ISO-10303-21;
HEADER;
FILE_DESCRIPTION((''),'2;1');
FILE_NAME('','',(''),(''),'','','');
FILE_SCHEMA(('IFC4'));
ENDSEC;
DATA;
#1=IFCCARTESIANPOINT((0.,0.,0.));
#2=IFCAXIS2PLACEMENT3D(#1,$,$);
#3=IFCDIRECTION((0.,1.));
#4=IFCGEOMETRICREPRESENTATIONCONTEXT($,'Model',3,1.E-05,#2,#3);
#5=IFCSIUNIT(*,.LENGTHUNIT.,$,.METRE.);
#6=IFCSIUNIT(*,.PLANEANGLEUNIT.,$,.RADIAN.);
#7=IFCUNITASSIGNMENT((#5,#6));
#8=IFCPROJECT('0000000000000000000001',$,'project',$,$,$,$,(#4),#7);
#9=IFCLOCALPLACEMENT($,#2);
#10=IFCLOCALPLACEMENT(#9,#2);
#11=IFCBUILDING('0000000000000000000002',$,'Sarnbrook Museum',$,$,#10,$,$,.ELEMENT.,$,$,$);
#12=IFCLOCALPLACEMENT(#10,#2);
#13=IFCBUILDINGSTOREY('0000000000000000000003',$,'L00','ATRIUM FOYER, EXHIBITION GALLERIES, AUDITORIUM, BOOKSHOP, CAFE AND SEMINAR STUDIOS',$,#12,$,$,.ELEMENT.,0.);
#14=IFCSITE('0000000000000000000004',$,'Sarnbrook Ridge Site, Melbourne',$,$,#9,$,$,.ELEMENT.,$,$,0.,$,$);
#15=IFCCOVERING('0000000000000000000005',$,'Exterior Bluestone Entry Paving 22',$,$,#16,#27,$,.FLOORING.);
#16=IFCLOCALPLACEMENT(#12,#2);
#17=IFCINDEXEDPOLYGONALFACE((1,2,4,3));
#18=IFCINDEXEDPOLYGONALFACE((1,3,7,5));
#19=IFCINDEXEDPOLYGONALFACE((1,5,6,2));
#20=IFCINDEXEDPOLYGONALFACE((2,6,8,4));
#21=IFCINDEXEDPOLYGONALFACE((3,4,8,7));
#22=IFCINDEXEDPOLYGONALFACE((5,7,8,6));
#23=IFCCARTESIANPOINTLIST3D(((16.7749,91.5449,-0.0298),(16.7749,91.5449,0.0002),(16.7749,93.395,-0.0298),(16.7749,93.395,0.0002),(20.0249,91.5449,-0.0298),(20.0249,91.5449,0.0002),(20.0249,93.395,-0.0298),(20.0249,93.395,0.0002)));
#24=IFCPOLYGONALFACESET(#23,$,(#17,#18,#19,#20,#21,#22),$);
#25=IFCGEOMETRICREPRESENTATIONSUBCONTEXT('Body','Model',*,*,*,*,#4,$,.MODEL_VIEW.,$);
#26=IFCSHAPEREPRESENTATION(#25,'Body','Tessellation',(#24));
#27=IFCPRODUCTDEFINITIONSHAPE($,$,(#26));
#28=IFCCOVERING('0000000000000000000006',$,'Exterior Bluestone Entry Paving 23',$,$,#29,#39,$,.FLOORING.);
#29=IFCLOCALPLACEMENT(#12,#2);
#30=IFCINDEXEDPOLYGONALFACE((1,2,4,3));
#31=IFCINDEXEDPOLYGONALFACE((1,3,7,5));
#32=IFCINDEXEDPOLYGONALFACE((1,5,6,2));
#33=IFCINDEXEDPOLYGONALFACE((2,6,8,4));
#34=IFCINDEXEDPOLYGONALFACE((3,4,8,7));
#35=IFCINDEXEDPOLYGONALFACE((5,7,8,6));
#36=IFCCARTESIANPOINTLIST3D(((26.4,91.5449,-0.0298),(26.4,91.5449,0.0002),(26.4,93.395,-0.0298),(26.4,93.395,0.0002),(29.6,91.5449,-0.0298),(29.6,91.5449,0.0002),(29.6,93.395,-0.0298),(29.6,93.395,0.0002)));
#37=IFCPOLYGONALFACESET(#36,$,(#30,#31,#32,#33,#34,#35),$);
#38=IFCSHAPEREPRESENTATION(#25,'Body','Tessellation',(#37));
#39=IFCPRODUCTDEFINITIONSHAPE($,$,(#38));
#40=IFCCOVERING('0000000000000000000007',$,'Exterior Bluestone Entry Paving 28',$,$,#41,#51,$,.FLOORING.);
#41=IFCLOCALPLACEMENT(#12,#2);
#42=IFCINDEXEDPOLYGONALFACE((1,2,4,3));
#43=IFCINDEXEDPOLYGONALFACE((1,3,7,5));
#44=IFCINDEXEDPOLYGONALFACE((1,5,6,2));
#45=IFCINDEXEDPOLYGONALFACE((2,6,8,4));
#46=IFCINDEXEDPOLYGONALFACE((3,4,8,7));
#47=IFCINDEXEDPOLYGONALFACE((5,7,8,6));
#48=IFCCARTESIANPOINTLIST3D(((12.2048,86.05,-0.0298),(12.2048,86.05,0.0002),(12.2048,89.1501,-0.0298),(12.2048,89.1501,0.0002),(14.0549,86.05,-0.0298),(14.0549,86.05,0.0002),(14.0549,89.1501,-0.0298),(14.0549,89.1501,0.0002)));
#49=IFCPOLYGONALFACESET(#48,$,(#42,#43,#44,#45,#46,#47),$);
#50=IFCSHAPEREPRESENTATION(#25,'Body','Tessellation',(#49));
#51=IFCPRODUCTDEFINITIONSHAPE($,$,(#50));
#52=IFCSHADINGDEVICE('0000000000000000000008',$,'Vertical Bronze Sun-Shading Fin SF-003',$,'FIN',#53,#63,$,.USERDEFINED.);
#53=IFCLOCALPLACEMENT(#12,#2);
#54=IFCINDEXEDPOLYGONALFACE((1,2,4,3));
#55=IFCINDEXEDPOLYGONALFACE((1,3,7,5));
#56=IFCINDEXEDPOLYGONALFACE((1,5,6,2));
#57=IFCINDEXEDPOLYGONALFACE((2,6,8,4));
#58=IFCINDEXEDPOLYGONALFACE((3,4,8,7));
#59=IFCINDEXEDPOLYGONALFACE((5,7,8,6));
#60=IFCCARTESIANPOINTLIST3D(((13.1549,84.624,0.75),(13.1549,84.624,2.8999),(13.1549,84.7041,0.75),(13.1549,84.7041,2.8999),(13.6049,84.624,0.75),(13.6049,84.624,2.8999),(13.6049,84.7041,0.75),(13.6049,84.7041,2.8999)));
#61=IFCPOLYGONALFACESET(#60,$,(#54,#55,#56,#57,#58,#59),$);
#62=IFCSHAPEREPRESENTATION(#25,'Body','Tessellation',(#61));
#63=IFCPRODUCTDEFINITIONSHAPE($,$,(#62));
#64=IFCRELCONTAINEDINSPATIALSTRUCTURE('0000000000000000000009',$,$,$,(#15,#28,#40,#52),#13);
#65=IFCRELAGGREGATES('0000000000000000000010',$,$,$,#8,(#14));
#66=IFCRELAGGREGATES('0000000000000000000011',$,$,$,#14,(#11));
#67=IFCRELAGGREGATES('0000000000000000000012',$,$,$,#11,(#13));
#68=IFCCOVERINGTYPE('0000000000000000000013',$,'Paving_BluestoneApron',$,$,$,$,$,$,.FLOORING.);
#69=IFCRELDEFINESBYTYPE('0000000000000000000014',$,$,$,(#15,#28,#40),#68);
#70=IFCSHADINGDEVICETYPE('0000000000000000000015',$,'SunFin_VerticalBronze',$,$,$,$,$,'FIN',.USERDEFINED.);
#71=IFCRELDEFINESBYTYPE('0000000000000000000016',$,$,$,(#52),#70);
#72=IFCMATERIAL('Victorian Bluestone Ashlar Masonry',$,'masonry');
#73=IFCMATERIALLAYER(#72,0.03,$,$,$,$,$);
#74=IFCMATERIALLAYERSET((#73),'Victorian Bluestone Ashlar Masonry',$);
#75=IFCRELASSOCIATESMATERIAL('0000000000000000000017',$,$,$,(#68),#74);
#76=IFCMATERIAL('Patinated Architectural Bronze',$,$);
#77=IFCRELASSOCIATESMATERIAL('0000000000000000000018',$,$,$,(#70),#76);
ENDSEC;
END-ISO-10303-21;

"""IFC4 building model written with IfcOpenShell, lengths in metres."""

from ifc_helpers import new_model, si_unit, direction, frame, origin, origin_2d, place, context, subcontext, project, spatial, rectangle, extrude, material, layer, layer_set, type_object, element, save


model = new_model("IFC4")

# Units and contexts
model_context = context("Model", 3, precision=1e-05, world=origin(), true_north=direction((0.0, 1.0)))
body_context = subcontext(model_context, "Body", "Model", "MODEL_VIEW")
ifc_project = project(units=[si_unit("LENGTHUNIT", "METRE"), si_unit("PLANEANGLEUNIT", "RADIAN")], contexts=[model_context])

# Site, building, storey
site_placement = place(None, origin())
site = spatial("IfcSite", under=ifc_project, at=site_placement, Name="Sarnbrook Ridge Site, Melbourne", CompositionType="ELEMENT", RefElevation=0.0)
building_placement = place(site_placement, origin())
building = spatial("IfcBuilding", under=site, at=building_placement, Name="Sarnbrook Museum", CompositionType="ELEMENT")
storey_placement = place(building_placement, origin())
storey = spatial("IfcBuildingStorey", under=building, at=storey_placement, Name="L00", Description="ATRIUM FOYER, EXHIBITION GALLERIES, AUDITORIUM, BOOKSHOP, CAFE AND SEMINAR STUDIOS", CompositionType="ELEMENT", Elevation=0.0)

# Shared definitions
ifc_material_1 = material(Name="Patinated Architectural Bronze")

# Coverings
ifc_material_2 = material(Name="Victorian Bluestone Ashlar Masonry", Category="masonry")
ifc_layer_1 = layer(ifc_material_2, 0.03)
ifc_layer_set_1 = layer_set([ifc_layer_1], Name="Victorian Bluestone Ashlar Masonry")
covering_type = type_object("IfcCoveringType", Name="Paving_BluestoneApron", PredefinedType="FLOORING", material=ifc_layer_set_1)
covering_1_placement = place(storey_placement, frame((18.3999, 92.47, -0.0298), z_axis=(0.0, 0.0, 1.0), x_axis=(1.0, 0.0, 0.0)))
element("IfcCovering", 1, at=covering_1_placement, inside=storey, type_object=covering_type, Name="Exterior Bluestone Entry Paving 22", PredefinedType="FLOORING", context=body_context, shape_type="SweptSolid", body=[
    extrude(rectangle(XDim=3.25, YDim=1.8501, at=origin_2d()), origin(), (0.0, 0.0, 1.0), 0.03),
])
covering_2_placement = place(storey_placement, frame((28.0, 92.47, -0.0298), z_axis=(0.0, 0.0, 1.0), x_axis=(1.0, 0.0, 0.0)))
element("IfcCovering", 2, at=covering_2_placement, inside=storey, type_object=covering_type, Name="Exterior Bluestone Entry Paving 23", PredefinedType="FLOORING", context=body_context, shape_type="SweptSolid", body=[
    extrude(rectangle(XDim=3.2, YDim=1.8501, at=origin_2d()), origin(), (0.0, 0.0, 1.0), 0.03),
])
covering_3_placement = place(storey_placement, frame((13.1299, 87.6001, -0.0298), z_axis=(0.0, 0.0, 1.0), x_axis=(1.0, 0.0, 0.0)))
element("IfcCovering", 3, at=covering_3_placement, inside=storey, type_object=covering_type, Name="Exterior Bluestone Entry Paving 28", PredefinedType="FLOORING", context=body_context, shape_type="SweptSolid", body=[
    extrude(rectangle(XDim=1.8501, YDim=3.1001, at=origin_2d()), origin(), (0.0, 0.0, 1.0), 0.03),
])

# Shading device
shading_device_type_1 = type_object("IfcShadingDeviceType", Name="SunFin_VerticalBronze", ElementType="FIN", PredefinedType="USERDEFINED", material=ifc_material_1)
shading_device_1_placement = place(storey_placement, frame((13.3799, 84.6641, 0.75), z_axis=(0.0, 0.0, 1.0), x_axis=(1.0, 0.0, 0.0)))
element("IfcShadingDevice", 4, at=shading_device_1_placement, inside=storey, type_object=shading_device_type_1, Name="Vertical Bronze Sun-Shading Fin SF-003", ObjectType="FIN", PredefinedType="USERDEFINED", context=body_context, shape_type="SweptSolid", body=[
    extrude(rectangle(XDim=0.45, YDim=0.0801, at=origin_2d()), origin(), (0.0, 0.0, 1.0), 2.1499),
])

save(model, "model.ifc")
